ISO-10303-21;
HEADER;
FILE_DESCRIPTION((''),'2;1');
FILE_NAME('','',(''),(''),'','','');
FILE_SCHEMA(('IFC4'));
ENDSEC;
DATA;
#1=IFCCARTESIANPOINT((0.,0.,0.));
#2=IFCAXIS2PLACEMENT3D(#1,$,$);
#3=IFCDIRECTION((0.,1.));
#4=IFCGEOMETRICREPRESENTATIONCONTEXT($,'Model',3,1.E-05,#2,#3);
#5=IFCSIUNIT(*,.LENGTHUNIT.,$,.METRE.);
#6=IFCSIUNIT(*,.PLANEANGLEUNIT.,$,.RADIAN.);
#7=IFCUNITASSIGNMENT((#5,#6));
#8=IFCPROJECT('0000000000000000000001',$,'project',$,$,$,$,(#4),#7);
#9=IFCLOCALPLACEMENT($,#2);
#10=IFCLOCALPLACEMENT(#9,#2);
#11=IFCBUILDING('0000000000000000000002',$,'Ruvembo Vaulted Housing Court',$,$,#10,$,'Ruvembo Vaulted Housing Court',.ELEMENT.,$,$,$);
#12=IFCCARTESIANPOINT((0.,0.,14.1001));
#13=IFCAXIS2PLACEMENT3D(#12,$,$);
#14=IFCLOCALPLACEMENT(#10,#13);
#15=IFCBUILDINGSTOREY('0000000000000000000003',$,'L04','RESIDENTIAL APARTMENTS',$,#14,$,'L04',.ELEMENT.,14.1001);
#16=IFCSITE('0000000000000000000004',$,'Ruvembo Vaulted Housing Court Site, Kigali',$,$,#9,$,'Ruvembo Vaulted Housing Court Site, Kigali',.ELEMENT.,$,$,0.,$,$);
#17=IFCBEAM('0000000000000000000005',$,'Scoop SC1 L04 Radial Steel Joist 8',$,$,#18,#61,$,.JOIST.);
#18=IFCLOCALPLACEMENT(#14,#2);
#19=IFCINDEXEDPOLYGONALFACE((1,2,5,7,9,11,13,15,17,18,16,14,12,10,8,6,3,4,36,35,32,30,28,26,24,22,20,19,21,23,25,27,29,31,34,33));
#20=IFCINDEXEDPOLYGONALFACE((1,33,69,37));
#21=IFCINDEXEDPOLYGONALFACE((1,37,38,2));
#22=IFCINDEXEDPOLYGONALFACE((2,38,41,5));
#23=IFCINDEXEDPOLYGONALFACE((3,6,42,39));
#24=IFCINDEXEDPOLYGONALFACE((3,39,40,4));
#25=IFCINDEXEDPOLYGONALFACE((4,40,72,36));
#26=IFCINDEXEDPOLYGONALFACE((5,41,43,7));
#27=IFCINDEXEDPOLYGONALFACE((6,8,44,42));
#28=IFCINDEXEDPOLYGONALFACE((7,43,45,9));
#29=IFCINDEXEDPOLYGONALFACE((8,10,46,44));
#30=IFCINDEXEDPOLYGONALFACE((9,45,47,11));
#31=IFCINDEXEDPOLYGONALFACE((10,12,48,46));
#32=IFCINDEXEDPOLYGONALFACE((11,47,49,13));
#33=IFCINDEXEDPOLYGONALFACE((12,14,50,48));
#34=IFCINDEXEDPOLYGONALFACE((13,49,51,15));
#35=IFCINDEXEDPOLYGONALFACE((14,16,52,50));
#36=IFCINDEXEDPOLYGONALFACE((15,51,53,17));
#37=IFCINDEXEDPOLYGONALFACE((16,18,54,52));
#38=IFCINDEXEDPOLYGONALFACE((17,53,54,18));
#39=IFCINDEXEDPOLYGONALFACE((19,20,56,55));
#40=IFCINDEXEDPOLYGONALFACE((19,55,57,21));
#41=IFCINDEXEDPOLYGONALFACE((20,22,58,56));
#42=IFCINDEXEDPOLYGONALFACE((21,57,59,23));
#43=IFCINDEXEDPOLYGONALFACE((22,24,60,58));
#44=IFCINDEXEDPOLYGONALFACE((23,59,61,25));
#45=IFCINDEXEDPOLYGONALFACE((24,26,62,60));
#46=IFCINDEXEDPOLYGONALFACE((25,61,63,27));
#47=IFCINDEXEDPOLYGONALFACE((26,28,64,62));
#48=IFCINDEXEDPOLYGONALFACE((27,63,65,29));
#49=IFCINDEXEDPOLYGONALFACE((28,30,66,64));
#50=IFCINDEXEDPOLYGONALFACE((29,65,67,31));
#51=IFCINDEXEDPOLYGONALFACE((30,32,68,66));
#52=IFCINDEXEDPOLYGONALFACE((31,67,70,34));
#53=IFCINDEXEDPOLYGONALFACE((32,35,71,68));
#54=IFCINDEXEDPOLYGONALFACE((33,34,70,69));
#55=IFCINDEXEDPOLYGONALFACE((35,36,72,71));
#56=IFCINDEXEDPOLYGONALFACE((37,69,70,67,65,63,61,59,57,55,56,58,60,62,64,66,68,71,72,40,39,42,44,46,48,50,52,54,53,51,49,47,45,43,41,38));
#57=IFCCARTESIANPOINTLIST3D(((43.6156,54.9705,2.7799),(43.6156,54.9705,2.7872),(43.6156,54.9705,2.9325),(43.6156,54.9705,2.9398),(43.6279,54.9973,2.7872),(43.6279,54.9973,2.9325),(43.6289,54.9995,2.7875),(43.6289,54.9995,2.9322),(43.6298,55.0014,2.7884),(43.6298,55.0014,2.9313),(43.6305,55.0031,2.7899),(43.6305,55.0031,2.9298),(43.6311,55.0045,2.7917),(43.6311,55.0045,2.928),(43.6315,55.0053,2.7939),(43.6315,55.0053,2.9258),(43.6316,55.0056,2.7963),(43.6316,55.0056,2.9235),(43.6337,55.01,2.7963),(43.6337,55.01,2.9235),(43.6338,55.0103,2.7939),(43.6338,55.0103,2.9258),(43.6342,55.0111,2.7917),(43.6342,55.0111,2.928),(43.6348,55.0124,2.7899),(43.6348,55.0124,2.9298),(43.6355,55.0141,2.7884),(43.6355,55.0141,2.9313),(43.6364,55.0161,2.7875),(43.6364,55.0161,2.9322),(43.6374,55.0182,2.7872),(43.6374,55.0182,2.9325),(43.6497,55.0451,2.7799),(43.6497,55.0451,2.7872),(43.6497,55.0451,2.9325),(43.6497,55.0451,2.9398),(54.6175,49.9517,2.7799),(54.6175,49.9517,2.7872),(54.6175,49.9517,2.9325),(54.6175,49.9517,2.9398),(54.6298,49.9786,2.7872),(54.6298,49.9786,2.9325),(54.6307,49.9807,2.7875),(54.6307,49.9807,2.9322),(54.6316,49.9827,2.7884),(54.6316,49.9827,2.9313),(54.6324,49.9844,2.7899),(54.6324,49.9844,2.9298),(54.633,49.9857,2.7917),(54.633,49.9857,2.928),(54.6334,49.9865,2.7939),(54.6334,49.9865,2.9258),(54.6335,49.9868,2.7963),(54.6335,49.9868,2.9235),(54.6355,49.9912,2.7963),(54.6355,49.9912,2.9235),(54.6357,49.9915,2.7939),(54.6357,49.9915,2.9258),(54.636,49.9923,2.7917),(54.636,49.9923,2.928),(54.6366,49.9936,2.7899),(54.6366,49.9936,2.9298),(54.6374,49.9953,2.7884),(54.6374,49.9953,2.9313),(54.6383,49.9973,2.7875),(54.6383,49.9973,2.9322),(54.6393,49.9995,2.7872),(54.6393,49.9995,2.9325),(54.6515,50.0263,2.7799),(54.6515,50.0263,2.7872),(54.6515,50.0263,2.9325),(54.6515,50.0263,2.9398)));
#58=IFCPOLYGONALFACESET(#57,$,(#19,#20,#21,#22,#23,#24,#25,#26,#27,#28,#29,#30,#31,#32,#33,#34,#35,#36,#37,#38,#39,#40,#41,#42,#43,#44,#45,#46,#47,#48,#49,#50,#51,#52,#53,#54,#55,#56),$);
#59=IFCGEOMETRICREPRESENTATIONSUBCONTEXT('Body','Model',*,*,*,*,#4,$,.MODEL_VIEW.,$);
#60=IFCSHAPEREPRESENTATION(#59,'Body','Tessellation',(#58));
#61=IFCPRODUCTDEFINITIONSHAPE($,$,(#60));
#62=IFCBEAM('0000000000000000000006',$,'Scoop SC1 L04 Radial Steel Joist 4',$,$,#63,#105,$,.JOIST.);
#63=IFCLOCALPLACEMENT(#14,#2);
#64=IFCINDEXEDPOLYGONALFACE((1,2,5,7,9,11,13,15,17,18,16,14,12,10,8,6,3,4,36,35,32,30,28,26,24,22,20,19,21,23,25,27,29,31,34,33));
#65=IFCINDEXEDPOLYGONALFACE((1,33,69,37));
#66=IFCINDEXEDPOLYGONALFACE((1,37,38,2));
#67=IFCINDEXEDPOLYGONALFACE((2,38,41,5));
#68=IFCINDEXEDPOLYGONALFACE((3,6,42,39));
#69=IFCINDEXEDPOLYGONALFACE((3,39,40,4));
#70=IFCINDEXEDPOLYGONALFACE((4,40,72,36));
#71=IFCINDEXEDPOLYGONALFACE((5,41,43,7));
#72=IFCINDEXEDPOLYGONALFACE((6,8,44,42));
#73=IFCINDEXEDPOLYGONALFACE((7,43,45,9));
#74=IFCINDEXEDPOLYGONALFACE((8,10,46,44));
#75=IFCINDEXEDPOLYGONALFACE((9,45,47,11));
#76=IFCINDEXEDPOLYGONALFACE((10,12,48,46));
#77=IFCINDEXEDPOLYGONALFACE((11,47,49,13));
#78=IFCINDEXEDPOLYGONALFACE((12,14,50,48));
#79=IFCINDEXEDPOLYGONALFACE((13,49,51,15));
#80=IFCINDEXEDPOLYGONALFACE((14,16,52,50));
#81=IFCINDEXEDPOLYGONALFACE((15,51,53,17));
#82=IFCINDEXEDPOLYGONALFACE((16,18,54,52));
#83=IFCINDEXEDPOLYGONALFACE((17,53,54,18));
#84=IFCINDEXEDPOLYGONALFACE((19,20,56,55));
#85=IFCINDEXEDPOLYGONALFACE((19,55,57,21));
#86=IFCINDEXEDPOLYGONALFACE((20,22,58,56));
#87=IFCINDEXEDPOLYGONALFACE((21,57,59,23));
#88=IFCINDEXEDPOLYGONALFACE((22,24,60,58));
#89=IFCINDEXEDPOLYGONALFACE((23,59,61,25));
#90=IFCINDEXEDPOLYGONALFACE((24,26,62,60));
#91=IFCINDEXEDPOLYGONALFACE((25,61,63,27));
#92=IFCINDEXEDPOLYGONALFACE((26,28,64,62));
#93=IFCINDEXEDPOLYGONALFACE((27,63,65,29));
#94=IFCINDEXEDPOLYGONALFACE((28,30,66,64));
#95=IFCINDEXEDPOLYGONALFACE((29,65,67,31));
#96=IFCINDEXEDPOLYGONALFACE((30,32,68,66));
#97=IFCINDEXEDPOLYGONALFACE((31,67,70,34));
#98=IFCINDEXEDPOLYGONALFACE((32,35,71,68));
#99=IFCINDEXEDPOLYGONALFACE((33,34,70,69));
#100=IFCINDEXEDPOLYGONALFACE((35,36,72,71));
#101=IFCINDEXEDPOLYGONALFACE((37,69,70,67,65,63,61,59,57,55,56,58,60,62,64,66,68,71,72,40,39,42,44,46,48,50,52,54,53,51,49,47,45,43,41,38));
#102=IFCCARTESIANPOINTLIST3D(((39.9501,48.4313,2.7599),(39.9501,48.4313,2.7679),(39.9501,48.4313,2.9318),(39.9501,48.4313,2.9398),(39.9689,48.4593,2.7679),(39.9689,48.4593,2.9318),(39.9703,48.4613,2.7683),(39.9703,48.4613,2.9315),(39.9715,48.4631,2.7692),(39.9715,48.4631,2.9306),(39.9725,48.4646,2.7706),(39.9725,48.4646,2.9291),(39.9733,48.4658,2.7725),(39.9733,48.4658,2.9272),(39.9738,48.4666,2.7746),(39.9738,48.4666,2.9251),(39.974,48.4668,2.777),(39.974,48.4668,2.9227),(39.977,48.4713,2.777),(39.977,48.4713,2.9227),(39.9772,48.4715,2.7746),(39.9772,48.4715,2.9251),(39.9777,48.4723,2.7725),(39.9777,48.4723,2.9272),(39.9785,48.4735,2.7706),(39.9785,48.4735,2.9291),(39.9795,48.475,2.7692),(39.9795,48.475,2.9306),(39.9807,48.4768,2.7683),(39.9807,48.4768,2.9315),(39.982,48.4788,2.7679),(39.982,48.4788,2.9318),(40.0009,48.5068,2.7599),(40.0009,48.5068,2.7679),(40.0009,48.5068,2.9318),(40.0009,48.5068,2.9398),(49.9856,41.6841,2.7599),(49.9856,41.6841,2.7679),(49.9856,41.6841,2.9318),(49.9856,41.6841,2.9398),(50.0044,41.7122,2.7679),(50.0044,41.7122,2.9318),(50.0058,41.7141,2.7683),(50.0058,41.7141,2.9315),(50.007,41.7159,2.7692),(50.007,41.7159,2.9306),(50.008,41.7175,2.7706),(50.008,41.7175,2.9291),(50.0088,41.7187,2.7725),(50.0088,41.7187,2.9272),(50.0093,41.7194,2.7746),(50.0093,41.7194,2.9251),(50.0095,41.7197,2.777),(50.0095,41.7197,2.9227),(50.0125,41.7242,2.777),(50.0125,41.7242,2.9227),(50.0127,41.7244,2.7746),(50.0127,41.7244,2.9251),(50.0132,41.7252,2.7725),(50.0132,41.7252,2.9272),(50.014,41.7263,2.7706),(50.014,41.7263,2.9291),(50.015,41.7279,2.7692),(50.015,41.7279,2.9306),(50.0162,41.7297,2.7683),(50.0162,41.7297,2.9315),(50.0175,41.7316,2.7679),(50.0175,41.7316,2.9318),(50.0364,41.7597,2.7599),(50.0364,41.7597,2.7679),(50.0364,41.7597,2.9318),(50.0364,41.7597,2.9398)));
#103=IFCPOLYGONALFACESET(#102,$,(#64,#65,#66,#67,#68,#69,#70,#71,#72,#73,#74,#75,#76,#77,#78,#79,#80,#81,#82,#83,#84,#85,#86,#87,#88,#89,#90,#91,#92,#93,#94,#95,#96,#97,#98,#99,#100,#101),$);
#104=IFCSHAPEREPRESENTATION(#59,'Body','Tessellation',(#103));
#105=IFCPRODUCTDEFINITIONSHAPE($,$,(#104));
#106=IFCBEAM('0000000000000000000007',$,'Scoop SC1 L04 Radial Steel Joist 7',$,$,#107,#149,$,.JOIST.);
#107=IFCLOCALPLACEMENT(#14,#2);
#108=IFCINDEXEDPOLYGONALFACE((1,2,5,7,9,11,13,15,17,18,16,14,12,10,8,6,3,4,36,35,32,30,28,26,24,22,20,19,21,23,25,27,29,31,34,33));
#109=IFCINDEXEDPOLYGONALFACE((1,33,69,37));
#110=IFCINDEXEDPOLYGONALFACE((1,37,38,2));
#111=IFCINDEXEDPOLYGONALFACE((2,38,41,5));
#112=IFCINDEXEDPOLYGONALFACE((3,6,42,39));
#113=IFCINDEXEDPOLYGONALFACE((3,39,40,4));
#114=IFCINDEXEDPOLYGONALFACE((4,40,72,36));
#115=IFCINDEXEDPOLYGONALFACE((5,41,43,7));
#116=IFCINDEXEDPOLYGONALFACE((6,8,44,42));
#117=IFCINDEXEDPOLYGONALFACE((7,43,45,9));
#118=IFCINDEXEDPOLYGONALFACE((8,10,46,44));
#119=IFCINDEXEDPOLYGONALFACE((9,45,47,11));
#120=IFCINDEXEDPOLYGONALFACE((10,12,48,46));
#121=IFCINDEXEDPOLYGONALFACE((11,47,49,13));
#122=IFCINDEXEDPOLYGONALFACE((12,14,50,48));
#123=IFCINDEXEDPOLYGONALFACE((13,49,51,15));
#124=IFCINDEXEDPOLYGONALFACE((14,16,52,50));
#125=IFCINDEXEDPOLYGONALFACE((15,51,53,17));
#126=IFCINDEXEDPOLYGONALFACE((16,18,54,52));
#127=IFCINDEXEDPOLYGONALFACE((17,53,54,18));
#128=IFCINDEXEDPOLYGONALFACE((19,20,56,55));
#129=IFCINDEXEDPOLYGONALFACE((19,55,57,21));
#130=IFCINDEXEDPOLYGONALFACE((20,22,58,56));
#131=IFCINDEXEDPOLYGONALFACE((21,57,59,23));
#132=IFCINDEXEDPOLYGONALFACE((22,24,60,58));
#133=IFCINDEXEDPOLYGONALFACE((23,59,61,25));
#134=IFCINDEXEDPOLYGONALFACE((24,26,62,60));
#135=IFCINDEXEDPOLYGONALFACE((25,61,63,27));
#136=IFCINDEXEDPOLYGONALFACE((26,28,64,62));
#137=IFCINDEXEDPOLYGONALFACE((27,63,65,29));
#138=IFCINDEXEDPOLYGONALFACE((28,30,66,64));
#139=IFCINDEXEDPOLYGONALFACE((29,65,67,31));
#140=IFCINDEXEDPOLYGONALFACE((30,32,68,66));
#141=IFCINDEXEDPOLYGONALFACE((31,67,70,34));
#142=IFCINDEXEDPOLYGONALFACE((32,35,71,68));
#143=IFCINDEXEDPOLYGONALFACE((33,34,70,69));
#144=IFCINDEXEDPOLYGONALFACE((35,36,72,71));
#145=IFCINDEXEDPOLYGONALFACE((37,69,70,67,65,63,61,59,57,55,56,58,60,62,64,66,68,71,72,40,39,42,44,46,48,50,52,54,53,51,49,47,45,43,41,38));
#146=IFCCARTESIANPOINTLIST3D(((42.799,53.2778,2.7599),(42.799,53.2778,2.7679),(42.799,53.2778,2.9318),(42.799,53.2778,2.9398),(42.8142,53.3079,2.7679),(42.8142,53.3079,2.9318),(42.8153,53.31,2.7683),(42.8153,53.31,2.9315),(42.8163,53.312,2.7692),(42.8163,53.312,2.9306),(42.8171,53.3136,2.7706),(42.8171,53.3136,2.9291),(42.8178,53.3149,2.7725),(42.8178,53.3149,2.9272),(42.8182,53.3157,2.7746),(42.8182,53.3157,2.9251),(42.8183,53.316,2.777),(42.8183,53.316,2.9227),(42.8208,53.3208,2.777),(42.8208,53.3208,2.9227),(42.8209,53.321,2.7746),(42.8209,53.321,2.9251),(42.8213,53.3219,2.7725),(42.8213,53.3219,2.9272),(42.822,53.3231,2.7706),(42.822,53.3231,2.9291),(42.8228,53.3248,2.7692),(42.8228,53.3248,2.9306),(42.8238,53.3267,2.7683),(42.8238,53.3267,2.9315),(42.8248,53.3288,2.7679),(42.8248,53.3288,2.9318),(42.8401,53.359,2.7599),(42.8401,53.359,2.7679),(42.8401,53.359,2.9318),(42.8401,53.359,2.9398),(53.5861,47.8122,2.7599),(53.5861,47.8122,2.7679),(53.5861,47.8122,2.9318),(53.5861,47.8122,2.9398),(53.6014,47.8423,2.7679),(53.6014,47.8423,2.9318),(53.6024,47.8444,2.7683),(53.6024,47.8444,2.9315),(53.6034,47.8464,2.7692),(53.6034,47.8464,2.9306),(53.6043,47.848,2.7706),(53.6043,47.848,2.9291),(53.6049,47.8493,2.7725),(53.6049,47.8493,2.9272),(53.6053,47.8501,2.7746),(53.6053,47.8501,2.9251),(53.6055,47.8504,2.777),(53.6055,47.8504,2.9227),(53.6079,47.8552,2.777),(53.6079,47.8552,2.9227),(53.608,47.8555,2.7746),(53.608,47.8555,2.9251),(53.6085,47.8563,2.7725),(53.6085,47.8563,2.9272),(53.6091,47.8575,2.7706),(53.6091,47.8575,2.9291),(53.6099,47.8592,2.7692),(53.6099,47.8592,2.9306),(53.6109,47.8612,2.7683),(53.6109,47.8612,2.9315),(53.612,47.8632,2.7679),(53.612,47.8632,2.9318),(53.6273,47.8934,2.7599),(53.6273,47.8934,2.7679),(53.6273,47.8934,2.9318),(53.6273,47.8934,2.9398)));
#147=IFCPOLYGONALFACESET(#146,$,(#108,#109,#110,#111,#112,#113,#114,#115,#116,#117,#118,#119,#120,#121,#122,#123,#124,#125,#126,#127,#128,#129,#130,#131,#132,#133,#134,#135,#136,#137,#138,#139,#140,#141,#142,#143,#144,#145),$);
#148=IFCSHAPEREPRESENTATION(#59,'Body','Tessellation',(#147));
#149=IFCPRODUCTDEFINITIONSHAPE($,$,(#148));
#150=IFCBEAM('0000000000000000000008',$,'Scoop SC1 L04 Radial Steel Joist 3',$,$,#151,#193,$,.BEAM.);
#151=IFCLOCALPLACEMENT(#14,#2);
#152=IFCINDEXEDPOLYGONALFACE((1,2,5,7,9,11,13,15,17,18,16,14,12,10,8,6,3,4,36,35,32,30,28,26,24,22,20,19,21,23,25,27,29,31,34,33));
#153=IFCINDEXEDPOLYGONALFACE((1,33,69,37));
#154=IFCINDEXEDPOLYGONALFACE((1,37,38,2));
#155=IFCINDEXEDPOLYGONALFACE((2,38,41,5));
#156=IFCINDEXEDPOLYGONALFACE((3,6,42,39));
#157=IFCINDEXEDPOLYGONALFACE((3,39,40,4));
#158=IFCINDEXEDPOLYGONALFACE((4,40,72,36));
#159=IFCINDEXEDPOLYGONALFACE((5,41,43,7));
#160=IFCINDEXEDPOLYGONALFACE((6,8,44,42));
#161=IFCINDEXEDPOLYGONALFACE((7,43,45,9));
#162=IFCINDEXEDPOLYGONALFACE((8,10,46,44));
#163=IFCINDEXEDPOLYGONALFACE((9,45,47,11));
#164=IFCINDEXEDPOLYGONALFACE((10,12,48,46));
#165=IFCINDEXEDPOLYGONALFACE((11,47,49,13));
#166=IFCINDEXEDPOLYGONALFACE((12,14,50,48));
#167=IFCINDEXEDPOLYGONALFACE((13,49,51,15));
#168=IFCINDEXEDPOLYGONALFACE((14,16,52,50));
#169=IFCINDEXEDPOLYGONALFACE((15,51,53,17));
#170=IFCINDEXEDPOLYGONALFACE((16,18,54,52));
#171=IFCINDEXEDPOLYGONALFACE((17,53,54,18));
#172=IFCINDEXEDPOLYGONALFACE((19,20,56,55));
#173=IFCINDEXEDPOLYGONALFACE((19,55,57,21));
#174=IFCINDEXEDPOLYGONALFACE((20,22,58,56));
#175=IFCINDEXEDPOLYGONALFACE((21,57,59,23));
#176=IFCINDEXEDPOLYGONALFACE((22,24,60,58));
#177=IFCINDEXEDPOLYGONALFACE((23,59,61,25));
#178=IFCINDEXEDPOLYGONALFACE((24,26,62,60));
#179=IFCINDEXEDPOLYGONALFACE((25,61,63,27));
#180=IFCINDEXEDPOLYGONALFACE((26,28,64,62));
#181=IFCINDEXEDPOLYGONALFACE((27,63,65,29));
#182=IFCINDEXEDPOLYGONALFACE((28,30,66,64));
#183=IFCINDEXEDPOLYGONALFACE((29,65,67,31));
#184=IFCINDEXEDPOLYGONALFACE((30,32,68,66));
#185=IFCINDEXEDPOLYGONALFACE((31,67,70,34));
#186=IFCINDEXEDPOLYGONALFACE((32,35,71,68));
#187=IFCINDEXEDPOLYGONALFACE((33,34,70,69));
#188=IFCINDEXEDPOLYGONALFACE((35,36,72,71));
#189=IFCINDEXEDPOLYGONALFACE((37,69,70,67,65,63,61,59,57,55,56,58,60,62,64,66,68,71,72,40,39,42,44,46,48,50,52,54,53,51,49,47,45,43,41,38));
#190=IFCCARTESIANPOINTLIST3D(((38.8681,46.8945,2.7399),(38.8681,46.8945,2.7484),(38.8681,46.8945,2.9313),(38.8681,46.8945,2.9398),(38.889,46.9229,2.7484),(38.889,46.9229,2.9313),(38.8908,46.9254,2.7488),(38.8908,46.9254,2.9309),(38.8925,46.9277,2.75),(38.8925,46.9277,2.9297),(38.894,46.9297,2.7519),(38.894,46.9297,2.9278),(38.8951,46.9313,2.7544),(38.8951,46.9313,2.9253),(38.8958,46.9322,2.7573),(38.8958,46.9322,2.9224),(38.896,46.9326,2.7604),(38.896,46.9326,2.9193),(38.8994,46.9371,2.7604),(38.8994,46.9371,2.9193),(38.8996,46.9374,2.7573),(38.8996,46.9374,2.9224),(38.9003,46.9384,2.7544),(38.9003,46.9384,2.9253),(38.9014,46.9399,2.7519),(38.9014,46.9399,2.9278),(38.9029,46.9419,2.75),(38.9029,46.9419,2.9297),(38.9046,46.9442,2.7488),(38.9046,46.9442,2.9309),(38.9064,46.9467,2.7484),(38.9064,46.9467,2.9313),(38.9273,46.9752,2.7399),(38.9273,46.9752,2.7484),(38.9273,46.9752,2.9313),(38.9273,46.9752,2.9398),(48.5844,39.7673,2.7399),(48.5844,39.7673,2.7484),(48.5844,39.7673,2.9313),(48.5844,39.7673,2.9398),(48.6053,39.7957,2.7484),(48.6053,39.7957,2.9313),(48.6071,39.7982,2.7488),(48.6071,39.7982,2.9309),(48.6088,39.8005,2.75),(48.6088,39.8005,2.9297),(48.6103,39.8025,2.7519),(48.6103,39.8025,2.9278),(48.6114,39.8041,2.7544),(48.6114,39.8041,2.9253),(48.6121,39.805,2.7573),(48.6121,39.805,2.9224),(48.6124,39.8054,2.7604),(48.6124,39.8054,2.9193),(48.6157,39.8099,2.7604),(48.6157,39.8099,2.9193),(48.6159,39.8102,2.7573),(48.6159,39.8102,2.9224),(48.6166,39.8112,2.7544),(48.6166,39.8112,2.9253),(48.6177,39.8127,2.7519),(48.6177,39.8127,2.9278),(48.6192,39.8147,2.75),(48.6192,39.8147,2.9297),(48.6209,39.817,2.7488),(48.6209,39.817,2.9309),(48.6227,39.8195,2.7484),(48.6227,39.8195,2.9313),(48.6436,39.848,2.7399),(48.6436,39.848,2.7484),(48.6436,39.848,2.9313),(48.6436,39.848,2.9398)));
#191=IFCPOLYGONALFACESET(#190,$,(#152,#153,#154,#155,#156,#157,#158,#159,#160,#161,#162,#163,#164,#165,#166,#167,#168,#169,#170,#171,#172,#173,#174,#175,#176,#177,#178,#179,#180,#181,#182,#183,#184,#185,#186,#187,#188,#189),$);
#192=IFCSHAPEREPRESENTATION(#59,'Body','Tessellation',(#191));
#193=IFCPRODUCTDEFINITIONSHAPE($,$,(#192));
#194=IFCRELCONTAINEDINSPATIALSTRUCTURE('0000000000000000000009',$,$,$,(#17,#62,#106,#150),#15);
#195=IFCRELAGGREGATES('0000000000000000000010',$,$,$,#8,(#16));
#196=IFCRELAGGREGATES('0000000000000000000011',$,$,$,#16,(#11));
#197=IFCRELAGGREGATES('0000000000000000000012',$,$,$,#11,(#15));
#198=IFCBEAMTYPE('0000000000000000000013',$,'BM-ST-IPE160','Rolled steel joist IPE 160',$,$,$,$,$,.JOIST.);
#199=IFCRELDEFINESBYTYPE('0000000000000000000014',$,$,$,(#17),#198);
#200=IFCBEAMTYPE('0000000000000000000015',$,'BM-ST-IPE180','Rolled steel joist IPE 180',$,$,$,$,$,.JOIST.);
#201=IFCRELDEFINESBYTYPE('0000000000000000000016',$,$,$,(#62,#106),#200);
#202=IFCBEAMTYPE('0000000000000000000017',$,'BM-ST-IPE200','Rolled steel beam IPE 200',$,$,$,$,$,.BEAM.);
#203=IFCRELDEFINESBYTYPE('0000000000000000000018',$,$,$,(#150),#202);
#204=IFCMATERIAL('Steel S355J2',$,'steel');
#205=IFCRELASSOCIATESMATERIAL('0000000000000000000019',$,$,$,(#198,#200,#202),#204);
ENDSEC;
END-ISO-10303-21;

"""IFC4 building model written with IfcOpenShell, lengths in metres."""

from ifc_helpers import new_model, si_unit, direction, frame, origin, origin_2d, place, context, subcontext, project, spatial, i_section, extrude, material, material_profile, profile_set, type_object, element, save


model = new_model("IFC4")

# Units and contexts
model_context = context("Model", 3, precision=1e-05, world=origin(), true_north=direction((0.0, 1.0)))
body_context = subcontext(model_context, "Body", "Model", "MODEL_VIEW")
ifc_project = project(units=[si_unit("LENGTHUNIT", "METRE"), si_unit("PLANEANGLEUNIT", "RADIAN")], contexts=[model_context])

# Site, building, storey
site_placement = place(None, origin())
site = spatial("IfcSite", under=ifc_project, at=site_placement, Name="Ruvembo Vaulted Housing Court Site, Kigali", LongName="Ruvembo Vaulted Housing Court Site, Kigali", CompositionType="ELEMENT", RefElevation=0.0)
building_placement = place(site_placement, origin())
building = spatial("IfcBuilding", under=site, at=building_placement, Name="Ruvembo Vaulted Housing Court", LongName="Ruvembo Vaulted Housing Court", CompositionType="ELEMENT")
storey_placement = place(building_placement, frame((0.0, 0.0, 14.1001)))
storey = spatial("IfcBuildingStorey", under=building, at=storey_placement, Name="L04", Description="RESIDENTIAL APARTMENTS", LongName="L04", CompositionType="ELEMENT", Elevation=14.1001)

# Beams
ifc_material_1 = material(Name="Steel S355J2", Category="steel")
ifc_material_profile_1 = material_profile(ifc_material_1, i_section(OverallWidth=0.082, OverallDepth=0.1599, WebThickness=0.0049, FlangeThickness=0.0073, FilletRadius=0.009, at=origin_2d()), Name="IPE 160")
ifc_profile_set_1 = profile_set([ifc_material_profile_1], Name="Steel S355J2")
beam_type_1 = type_object("IfcBeamType", Name="BM-ST-IPE160", Description="Rolled steel joist IPE 160", PredefinedType="JOIST", material=ifc_profile_set_1)
for number, where, z_axis, x_axis, name in (
    (1, (54.6345, 49.989, 2.8599), (-0.909808, 0.41503, 0.0), (-0.41503, -0.909808, 0.0), "Scoop SC1 L04 Radial Steel Joist 8"),
):
    element("IfcBeam", number, at=place(storey_placement, frame(where, z_axis=z_axis, x_axis=x_axis)), inside=storey, type_object=beam_type_1, Name=name, PredefinedType="JOIST", context=body_context, shape_type="SweptSolid", body=[
        extrude(i_section(OverallWidth=0.082, OverallDepth=0.1599, WebThickness=0.0049, FlangeThickness=0.0073, FilletRadius=0.009, at=origin_2d()), origin(), (0.0, 0.0, 1.0), 12.0925),
    ])
ifc_material_profile_2 = material_profile(ifc_material_1, i_section(OverallWidth=0.0911, OverallDepth=0.1799, WebThickness=0.0054, FlangeThickness=0.0081, FilletRadius=0.009, at=origin_2d()), Name="IPE 180")
ifc_profile_set_2 = profile_set([ifc_material_profile_2], Name="Steel S355J2")
beam_type_2 = type_object("IfcBeamType", Name="BM-ST-IPE180", Description="Rolled steel joist IPE 180", PredefinedType="JOIST", material=ifc_profile_set_2)
for number, where, z_axis, x_axis, name in (
    (2, (50.011, 41.7219, 2.8499), (-0.829876, 0.557948, 0.0), (-0.557948, -0.829876, 0.0), "Scoop SC1 L04 Radial Steel Joist 4"),
    (3, (53.6067, 47.8528, 2.8499), (-0.892032, 0.451972, 0.0), (-0.451972, -0.892032, 0.0), "Scoop SC1 L04 Radial Steel Joist 7"),
):
    element("IfcBeam", number, at=place(storey_placement, frame(where, z_axis=z_axis, x_axis=x_axis)), inside=storey, type_object=beam_type_2, Name=name, PredefinedType="JOIST", context=body_context, shape_type="SweptSolid", body=[
        extrude(i_section(OverallWidth=0.0911, OverallDepth=0.1799, WebThickness=0.0054, FlangeThickness=0.0081, FilletRadius=0.009, at=origin_2d()), origin(), (0.0, 0.0, 1.0), 12.0928),
    ])
ifc_material_profile_3 = material_profile(ifc_material_1, i_section(OverallWidth=0.1001, OverallDepth=0.2, WebThickness=0.0056, FlangeThickness=0.0085, FilletRadius=0.012, at=origin_2d()), Name="IPE 200")
ifc_profile_set_3 = profile_set([ifc_material_profile_3], Name="Steel S355J2")
beam_type_3 = type_object("IfcBeamType", Name="BM-ST-IPE200", Description="Rolled steel beam IPE 200", PredefinedType="BEAM", material=ifc_profile_set_3)
for number, where, z_axis, x_axis, name in (
    (4, (48.614, 39.8076, 2.8398), (-0.80633, 0.591466, 0.0), (-0.591466, -0.80633, 0.0), "Scoop SC1 L04 Radial Steel Joist 3"),
):
    element("IfcBeam", number, at=place(storey_placement, frame(where, z_axis=z_axis, x_axis=x_axis)), inside=storey, type_object=beam_type_3, Name=name, PredefinedType="BEAM", context=body_context, shape_type="SweptSolid", body=[
        extrude(i_section(OverallWidth=0.1001, OverallDepth=0.2, WebThickness=0.0056, FlangeThickness=0.0085, FilletRadius=0.012, at=origin_2d()), origin(), (0.0, 0.0, 1.0), 12.05),
    ])

save(model, "model.ifc")
